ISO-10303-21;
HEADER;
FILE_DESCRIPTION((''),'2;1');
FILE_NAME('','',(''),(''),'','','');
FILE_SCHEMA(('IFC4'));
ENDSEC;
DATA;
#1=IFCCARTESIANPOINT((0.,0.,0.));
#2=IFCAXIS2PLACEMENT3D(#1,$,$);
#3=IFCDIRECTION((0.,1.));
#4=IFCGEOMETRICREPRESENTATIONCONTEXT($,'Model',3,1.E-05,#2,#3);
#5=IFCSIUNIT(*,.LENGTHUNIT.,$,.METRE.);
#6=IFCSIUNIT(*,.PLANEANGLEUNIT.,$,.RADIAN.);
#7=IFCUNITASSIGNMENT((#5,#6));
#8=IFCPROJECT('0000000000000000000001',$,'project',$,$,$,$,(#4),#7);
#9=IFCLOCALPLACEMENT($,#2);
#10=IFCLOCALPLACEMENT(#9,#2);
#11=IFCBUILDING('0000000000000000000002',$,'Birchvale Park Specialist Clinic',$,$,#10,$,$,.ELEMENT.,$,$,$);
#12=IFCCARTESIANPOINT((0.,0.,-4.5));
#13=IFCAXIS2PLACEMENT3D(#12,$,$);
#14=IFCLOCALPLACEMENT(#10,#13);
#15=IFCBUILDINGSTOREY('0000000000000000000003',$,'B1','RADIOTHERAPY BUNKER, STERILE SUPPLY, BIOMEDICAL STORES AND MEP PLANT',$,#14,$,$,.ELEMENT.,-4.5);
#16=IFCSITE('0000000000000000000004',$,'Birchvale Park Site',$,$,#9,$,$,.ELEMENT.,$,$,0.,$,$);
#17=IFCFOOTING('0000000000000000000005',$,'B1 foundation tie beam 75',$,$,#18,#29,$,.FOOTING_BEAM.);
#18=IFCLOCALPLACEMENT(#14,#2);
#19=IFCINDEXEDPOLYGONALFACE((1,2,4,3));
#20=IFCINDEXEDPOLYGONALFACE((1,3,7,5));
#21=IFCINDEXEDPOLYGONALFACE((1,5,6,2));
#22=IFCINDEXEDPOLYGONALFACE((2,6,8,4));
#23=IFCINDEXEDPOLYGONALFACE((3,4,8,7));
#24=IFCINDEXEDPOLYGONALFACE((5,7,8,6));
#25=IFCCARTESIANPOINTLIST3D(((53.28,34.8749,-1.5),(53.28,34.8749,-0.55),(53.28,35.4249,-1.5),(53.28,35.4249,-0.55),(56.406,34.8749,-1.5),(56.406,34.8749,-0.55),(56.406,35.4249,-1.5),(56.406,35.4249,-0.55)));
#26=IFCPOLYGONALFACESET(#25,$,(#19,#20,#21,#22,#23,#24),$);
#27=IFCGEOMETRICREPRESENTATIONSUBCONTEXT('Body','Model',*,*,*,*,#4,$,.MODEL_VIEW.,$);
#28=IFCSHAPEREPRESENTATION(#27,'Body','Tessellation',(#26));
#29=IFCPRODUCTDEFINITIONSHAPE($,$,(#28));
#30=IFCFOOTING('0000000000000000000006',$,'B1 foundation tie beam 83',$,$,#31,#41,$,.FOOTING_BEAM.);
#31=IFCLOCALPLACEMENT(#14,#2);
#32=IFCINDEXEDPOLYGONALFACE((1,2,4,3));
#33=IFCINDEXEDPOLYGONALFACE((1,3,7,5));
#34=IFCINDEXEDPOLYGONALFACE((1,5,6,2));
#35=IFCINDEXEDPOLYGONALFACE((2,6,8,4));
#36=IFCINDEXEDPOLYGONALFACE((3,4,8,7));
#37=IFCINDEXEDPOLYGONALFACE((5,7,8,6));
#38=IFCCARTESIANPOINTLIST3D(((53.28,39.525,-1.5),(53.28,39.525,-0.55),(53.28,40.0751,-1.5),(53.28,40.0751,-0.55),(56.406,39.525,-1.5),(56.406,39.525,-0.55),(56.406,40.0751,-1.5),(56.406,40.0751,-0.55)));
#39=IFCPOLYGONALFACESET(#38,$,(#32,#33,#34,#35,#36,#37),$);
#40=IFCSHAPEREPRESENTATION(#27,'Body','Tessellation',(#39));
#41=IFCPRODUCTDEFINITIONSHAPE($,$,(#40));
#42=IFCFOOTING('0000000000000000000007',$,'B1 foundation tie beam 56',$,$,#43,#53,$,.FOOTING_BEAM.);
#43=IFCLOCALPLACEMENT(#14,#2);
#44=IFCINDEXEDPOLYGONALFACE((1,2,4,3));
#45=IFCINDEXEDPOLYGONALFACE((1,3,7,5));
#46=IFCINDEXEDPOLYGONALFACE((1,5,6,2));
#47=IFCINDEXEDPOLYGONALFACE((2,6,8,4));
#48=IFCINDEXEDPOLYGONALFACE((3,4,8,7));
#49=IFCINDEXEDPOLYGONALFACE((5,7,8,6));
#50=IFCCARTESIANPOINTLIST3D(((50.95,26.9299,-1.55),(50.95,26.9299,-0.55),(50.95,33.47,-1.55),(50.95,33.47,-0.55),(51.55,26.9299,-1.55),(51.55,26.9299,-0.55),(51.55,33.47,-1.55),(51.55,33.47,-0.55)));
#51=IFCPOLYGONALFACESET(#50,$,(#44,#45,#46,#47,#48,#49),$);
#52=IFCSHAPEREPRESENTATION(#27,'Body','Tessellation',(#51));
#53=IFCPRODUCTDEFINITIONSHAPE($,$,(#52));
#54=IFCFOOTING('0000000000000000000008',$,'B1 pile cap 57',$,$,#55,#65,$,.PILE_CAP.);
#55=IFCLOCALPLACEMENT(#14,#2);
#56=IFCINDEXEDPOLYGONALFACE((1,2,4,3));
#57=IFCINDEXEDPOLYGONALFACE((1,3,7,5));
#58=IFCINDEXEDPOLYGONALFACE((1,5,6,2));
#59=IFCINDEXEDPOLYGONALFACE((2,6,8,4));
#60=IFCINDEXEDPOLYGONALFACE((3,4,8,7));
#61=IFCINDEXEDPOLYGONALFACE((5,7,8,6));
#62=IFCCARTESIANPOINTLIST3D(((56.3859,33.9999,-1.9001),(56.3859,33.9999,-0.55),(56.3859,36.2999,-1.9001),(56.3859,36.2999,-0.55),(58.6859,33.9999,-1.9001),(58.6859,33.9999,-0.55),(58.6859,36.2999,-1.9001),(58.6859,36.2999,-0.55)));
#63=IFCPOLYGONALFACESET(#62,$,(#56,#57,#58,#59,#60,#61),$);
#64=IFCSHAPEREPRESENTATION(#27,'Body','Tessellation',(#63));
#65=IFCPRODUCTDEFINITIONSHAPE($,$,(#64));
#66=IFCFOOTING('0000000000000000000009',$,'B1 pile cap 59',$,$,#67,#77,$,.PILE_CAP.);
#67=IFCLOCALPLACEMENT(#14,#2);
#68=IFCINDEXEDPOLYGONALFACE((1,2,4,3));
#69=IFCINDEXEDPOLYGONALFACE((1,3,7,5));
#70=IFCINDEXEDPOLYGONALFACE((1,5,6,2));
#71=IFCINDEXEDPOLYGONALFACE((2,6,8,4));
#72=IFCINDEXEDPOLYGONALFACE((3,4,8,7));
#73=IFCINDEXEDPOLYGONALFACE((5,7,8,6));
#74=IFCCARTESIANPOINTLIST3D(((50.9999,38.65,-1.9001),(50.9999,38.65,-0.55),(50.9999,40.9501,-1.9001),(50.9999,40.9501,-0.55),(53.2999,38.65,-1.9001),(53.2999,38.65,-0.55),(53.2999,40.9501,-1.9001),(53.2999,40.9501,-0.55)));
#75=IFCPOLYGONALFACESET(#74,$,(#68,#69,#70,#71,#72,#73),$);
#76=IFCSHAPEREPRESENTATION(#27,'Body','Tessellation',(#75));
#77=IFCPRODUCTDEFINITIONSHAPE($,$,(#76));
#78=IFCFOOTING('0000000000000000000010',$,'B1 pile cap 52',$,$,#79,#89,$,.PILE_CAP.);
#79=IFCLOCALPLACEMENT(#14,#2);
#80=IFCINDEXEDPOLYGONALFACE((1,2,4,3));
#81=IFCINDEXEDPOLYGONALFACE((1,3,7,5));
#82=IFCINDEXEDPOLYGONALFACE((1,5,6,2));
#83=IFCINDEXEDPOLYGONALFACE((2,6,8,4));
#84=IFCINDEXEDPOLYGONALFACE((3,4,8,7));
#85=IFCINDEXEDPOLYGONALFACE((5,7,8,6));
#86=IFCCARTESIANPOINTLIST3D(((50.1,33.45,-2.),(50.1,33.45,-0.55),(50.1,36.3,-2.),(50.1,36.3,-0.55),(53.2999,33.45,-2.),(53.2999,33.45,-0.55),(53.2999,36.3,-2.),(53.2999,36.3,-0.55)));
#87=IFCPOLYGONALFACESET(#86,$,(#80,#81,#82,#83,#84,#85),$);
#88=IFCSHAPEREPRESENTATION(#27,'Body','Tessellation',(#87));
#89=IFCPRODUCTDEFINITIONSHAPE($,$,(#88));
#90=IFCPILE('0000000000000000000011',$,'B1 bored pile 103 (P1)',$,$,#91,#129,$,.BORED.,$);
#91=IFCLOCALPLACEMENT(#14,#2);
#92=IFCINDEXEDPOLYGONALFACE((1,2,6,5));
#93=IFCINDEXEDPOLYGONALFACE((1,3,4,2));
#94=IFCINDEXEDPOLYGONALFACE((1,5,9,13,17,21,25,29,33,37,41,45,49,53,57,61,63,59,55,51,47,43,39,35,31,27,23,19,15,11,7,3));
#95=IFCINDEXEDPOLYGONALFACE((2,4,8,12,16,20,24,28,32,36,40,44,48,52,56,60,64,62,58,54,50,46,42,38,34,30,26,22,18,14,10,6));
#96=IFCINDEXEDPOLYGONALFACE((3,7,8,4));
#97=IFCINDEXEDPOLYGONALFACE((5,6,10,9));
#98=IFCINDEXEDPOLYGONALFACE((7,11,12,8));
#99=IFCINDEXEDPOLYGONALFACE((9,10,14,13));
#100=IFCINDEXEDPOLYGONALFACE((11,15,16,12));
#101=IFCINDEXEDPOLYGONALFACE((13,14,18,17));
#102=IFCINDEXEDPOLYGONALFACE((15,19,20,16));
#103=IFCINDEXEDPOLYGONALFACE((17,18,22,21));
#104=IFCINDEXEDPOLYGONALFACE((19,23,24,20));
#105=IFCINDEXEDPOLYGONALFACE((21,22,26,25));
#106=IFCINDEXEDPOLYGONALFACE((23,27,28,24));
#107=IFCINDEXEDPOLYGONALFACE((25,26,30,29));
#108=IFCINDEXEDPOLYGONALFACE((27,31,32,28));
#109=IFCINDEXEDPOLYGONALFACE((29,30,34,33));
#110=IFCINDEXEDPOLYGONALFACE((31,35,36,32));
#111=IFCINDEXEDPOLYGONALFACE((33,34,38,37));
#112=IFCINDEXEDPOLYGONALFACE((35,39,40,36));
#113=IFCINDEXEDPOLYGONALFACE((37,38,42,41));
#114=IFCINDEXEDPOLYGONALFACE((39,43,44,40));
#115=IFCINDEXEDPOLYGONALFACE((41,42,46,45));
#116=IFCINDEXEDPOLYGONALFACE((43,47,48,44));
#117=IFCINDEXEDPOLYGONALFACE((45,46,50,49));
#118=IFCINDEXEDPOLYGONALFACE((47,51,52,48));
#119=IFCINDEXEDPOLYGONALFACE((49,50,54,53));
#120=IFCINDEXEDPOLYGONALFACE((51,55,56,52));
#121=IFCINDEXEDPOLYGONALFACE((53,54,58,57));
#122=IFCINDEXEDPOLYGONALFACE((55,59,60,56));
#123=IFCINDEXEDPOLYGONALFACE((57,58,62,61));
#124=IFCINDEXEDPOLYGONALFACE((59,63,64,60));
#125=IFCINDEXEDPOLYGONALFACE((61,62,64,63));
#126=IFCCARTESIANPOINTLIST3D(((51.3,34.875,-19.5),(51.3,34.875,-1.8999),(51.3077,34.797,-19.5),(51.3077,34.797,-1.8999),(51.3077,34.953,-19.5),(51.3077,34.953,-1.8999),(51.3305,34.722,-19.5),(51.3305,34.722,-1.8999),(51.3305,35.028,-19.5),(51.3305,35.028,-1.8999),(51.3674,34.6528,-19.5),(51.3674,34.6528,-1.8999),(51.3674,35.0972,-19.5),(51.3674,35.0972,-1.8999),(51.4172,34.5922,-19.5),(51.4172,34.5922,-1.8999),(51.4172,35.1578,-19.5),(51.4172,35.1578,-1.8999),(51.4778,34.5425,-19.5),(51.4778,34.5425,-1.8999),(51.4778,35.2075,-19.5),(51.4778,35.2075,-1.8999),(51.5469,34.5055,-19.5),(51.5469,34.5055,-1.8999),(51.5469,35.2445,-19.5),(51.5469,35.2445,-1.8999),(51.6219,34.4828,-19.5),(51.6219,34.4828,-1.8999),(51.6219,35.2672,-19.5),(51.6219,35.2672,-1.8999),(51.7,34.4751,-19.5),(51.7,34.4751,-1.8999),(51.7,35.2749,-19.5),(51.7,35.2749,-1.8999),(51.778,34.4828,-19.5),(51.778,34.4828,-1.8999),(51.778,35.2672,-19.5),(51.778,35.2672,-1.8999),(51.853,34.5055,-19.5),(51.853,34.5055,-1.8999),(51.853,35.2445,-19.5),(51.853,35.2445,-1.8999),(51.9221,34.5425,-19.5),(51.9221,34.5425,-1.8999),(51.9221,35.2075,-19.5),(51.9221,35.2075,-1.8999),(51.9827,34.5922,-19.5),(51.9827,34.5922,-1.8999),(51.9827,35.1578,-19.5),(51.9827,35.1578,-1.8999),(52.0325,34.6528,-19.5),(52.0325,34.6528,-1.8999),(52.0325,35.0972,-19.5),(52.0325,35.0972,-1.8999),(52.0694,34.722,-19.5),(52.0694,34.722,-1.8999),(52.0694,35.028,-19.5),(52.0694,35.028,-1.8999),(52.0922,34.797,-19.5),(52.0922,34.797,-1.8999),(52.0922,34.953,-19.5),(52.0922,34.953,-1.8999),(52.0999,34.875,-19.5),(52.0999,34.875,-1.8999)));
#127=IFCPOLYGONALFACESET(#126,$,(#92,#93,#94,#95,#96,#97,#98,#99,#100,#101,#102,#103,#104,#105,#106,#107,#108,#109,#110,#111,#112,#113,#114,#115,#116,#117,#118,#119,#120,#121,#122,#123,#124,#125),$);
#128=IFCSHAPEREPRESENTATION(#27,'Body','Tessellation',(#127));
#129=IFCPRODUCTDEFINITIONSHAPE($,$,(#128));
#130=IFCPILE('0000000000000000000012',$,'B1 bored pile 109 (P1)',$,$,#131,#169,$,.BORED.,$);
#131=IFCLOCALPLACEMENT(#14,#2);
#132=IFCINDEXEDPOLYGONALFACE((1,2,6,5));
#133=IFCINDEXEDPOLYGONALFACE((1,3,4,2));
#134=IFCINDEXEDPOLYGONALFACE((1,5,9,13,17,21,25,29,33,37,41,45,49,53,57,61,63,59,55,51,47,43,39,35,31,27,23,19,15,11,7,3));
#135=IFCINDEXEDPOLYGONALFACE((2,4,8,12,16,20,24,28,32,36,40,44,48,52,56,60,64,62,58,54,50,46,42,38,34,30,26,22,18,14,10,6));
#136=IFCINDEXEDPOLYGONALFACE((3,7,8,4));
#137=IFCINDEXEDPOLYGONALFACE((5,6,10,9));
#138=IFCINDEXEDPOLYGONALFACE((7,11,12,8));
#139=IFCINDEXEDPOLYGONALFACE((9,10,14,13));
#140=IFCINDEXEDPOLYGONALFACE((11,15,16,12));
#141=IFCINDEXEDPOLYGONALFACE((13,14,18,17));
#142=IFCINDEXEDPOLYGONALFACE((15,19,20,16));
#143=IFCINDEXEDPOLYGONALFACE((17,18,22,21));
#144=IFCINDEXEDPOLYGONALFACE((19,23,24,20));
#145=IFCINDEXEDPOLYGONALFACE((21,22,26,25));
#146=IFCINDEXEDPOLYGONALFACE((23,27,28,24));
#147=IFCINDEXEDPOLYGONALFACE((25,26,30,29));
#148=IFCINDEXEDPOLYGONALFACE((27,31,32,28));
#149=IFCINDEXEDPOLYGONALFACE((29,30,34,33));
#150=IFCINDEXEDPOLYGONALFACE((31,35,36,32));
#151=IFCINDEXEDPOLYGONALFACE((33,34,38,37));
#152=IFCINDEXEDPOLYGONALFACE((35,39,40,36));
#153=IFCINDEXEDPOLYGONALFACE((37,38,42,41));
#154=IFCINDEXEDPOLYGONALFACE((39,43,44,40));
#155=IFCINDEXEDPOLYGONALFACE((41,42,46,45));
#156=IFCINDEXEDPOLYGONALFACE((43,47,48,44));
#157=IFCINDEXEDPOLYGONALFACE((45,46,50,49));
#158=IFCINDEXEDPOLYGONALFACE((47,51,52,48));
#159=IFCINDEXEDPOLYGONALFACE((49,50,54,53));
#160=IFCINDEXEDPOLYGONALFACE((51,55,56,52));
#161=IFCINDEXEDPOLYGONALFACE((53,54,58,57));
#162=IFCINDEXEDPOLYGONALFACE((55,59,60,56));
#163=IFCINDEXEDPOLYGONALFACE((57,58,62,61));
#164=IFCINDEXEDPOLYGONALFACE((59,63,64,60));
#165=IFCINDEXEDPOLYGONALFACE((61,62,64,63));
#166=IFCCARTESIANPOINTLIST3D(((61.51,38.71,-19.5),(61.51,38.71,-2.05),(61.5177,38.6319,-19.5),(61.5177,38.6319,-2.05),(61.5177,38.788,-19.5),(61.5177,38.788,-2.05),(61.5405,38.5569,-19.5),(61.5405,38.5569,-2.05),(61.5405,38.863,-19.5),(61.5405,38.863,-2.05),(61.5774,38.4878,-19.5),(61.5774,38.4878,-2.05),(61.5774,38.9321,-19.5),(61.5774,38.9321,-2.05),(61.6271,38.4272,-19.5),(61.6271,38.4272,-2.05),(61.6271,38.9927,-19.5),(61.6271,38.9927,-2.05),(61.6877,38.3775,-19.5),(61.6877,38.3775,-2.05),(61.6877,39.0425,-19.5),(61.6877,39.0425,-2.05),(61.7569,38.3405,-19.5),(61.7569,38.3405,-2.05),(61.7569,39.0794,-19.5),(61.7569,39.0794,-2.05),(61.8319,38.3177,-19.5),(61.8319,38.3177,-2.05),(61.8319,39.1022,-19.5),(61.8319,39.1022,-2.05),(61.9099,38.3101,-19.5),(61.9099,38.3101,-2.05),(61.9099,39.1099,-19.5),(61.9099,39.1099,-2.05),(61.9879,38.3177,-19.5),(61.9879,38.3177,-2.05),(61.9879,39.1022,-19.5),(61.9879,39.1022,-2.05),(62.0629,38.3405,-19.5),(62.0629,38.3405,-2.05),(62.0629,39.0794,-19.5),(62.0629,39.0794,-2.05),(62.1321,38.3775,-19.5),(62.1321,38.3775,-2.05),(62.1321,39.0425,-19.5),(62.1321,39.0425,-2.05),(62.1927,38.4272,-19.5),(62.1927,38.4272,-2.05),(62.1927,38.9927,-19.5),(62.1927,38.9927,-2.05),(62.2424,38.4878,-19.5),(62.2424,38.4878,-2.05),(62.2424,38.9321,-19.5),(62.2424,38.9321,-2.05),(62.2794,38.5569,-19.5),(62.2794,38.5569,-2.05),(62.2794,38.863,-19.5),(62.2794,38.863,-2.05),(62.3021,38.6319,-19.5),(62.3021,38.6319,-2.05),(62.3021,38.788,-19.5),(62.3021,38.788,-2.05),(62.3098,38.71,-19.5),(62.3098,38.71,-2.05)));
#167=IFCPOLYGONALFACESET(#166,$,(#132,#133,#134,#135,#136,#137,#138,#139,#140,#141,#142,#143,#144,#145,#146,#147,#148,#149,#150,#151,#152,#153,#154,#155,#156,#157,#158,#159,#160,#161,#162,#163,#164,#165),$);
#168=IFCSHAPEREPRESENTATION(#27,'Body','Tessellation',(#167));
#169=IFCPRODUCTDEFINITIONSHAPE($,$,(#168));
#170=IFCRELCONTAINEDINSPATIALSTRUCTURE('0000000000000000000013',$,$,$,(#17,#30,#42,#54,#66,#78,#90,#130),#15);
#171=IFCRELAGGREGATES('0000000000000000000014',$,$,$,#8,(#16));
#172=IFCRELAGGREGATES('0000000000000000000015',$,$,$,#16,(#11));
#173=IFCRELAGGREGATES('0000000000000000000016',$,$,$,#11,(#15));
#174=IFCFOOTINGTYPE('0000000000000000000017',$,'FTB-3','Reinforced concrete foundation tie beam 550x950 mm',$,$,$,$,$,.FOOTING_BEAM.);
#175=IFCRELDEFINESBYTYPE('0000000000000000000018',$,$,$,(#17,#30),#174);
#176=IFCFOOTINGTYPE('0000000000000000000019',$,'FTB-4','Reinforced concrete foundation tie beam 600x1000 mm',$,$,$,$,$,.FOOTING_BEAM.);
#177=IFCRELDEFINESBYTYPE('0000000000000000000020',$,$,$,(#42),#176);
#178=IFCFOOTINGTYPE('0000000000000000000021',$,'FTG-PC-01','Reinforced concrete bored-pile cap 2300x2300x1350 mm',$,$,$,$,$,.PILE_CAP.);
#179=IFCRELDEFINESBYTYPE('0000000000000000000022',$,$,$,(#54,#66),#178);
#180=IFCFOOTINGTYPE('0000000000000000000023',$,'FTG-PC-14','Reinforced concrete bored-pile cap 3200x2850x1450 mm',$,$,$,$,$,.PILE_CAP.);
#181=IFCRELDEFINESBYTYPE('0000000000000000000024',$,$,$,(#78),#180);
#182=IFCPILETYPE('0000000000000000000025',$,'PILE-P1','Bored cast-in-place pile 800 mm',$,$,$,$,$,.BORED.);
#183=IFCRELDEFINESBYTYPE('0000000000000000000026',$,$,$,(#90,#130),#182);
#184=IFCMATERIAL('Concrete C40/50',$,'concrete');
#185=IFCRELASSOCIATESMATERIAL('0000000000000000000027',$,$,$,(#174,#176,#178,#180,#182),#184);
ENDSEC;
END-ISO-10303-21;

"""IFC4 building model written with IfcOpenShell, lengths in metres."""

from ifc_helpers import new_model, si_unit, direction, frame, origin, origin_2d, place, context, subcontext, project, spatial, rectangle, circle, extrude, material, material_profile, profile_set, type_object, element, save


model = new_model("IFC4")

# Units and contexts
model_context = context("Model", 3, precision=1e-05, world=origin(), true_north=direction((0.0, 1.0)))
body_context = subcontext(model_context, "Body", "Model", "MODEL_VIEW")
ifc_project = project(units=[si_unit("LENGTHUNIT", "METRE"), si_unit("PLANEANGLEUNIT", "RADIAN")], contexts=[model_context])

# Site, building, storey
site_placement = place(None, origin())
site = spatial("IfcSite", under=ifc_project, at=site_placement, Name="Birchvale Park Site", CompositionType="ELEMENT", RefElevation=0.0)
building_placement = place(site_placement, origin())
building = spatial("IfcBuilding", under=site, at=building_placement, Name="Birchvale Park Specialist Clinic", CompositionType="ELEMENT")
storey_placement = place(building_placement, frame((0.0, 0.0, -4.5)))
storey = spatial("IfcBuildingStorey", under=building, at=storey_placement, Name="B1", Description="RADIOTHERAPY BUNKER, STERILE SUPPLY, BIOMEDICAL STORES AND MEP PLANT", CompositionType="ELEMENT", Elevation=-4.5)

# Footings
ifc_material_1 = material(Name="Concrete C40/50", Category="concrete")
footing_type_1 = type_object("IfcFootingType", Name="FTB-3", Description="Reinforced concrete foundation tie beam 550x950 mm", PredefinedType="FOOTING_BEAM", material=ifc_material_1)
for number, where, z_axis, x_axis, name in (
    (1, (54.843, 35.1499, -1.5), (0.0, 0.0, 1.0), (1.0, 0.0, 0.0), "B1 foundation tie beam 75"),
    (2, (54.843, 39.8, -1.5), (0.0, 0.0, 1.0), (1.0, 0.0, 0.0), "B1 foundation tie beam 83"),
):
    element("IfcFooting", number, at=place(storey_placement, frame(where, z_axis=z_axis, x_axis=x_axis)), inside=storey, type_object=footing_type_1, Name=name, PredefinedType="FOOTING_BEAM", context=body_context, shape_type="SweptSolid", body=[
        extrude(rectangle(XDim=3.126, YDim=0.55, at=origin_2d()), origin(), (0.0, 0.0, 1.0), 0.95),
    ])
footing_type_2 = type_object("IfcFootingType", Name="FTB-4", Description="Reinforced concrete foundation tie beam 600x1000 mm", PredefinedType="FOOTING_BEAM", material=ifc_material_1)
footing_1_placement = place(storey_placement, frame((51.25, 30.2, -1.55), z_axis=(0.0, 0.0, 1.0), x_axis=(1.0, 0.0, 0.0)))
element("IfcFooting", 3, at=footing_1_placement, inside=storey, type_object=footing_type_2, Name="B1 foundation tie beam 56", PredefinedType="FOOTING_BEAM", context=body_context, shape_type="SweptSolid", body=[
    extrude(rectangle(XDim=0.6001, YDim=6.54, at=origin_2d()), origin(), (0.0, 0.0, 1.0), 1.0),
])
footing_type_3 = type_object("IfcFootingType", Name="FTG-PC-01", Description="Reinforced concrete bored-pile cap 2300x2300x1350 mm", PredefinedType="PILE_CAP", material=ifc_material_1)
for number, where, z_axis, x_axis, name in (
    (4, (57.5359, 35.1499, -1.9001), (0.0, 0.0, 1.0), (1.0, 0.0, 0.0), "B1 pile cap 57"),
    (5, (52.1499, 39.8, -1.9001), (0.0, 0.0, 1.0), (1.0, 0.0, 0.0), "B1 pile cap 59"),
):
    element("IfcFooting", number, at=place(storey_placement, frame(where, z_axis=z_axis, x_axis=x_axis)), inside=storey, type_object=footing_type_3, Name=name, PredefinedType="PILE_CAP", context=body_context, shape_type="SweptSolid", body=[
        extrude(rectangle(XDim=2.3, YDim=2.3, at=origin_2d()), origin(), (0.0, 0.0, 1.0), 1.3501),
    ])
footing_type_4 = type_object("IfcFootingType", Name="FTG-PC-14", Description="Reinforced concrete bored-pile cap 3200x2850x1450 mm", PredefinedType="PILE_CAP", material=ifc_material_1)
footing_2_placement = place(storey_placement, frame((51.7, 34.875, -2.0), z_axis=(0.0, 0.0, 1.0), x_axis=(1.0, 0.0, 0.0)))
element("IfcFooting", 6, at=footing_2_placement, inside=storey, type_object=footing_type_4, Name="B1 pile cap 52", PredefinedType="PILE_CAP", context=body_context, shape_type="SweptSolid", body=[
    extrude(rectangle(XDim=3.2, YDim=2.8501, at=origin_2d()), origin(), (0.0, 0.0, 1.0), 1.45),
])

# Piles
ifc_material_profile_1 = material_profile(ifc_material_1, circle(Radius=0.3999, at=origin_2d()), Name="PILE-800")
ifc_profile_set_1 = profile_set([ifc_material_profile_1], Name="Concrete C40/50")
pile_type_1 = type_object("IfcPileType", Name="PILE-P1", Description="Bored cast-in-place pile 800 mm", PredefinedType="BORED", material=ifc_profile_set_1)
pile_1_placement = place(storey_placement, frame((51.7, 34.875, -1.8999), z_axis=(0.0, 0.0, -1.0), x_axis=(1.0, 0.0, 0.0)))
element("IfcPile", 7, at=pile_1_placement, inside=storey, type_object=pile_type_1, Name="B1 bored pile 103 (P1)", PredefinedType="BORED", context=body_context, shape_type="SweptSolid", body=[
    extrude(circle(Radius=0.3999, at=origin_2d()), origin(), (0.0, 0.0, 1.0), 17.6001),
])
pile_2_placement = place(storey_placement, frame((61.9099, 38.71, -2.05), z_axis=(0.0, 0.0, -1.0), x_axis=(1.0, 0.0, 0.0)))
element("IfcPile", 8, at=pile_2_placement, inside=storey, type_object=pile_type_1, Name="B1 bored pile 109 (P1)", PredefinedType="BORED", context=body_context, shape_type="SweptSolid", body=[
    extrude(circle(Radius=0.3999, at=origin_2d()), origin(), (0.0, 0.0, 1.0), 17.45),
])

save(model, "model.ifc")
